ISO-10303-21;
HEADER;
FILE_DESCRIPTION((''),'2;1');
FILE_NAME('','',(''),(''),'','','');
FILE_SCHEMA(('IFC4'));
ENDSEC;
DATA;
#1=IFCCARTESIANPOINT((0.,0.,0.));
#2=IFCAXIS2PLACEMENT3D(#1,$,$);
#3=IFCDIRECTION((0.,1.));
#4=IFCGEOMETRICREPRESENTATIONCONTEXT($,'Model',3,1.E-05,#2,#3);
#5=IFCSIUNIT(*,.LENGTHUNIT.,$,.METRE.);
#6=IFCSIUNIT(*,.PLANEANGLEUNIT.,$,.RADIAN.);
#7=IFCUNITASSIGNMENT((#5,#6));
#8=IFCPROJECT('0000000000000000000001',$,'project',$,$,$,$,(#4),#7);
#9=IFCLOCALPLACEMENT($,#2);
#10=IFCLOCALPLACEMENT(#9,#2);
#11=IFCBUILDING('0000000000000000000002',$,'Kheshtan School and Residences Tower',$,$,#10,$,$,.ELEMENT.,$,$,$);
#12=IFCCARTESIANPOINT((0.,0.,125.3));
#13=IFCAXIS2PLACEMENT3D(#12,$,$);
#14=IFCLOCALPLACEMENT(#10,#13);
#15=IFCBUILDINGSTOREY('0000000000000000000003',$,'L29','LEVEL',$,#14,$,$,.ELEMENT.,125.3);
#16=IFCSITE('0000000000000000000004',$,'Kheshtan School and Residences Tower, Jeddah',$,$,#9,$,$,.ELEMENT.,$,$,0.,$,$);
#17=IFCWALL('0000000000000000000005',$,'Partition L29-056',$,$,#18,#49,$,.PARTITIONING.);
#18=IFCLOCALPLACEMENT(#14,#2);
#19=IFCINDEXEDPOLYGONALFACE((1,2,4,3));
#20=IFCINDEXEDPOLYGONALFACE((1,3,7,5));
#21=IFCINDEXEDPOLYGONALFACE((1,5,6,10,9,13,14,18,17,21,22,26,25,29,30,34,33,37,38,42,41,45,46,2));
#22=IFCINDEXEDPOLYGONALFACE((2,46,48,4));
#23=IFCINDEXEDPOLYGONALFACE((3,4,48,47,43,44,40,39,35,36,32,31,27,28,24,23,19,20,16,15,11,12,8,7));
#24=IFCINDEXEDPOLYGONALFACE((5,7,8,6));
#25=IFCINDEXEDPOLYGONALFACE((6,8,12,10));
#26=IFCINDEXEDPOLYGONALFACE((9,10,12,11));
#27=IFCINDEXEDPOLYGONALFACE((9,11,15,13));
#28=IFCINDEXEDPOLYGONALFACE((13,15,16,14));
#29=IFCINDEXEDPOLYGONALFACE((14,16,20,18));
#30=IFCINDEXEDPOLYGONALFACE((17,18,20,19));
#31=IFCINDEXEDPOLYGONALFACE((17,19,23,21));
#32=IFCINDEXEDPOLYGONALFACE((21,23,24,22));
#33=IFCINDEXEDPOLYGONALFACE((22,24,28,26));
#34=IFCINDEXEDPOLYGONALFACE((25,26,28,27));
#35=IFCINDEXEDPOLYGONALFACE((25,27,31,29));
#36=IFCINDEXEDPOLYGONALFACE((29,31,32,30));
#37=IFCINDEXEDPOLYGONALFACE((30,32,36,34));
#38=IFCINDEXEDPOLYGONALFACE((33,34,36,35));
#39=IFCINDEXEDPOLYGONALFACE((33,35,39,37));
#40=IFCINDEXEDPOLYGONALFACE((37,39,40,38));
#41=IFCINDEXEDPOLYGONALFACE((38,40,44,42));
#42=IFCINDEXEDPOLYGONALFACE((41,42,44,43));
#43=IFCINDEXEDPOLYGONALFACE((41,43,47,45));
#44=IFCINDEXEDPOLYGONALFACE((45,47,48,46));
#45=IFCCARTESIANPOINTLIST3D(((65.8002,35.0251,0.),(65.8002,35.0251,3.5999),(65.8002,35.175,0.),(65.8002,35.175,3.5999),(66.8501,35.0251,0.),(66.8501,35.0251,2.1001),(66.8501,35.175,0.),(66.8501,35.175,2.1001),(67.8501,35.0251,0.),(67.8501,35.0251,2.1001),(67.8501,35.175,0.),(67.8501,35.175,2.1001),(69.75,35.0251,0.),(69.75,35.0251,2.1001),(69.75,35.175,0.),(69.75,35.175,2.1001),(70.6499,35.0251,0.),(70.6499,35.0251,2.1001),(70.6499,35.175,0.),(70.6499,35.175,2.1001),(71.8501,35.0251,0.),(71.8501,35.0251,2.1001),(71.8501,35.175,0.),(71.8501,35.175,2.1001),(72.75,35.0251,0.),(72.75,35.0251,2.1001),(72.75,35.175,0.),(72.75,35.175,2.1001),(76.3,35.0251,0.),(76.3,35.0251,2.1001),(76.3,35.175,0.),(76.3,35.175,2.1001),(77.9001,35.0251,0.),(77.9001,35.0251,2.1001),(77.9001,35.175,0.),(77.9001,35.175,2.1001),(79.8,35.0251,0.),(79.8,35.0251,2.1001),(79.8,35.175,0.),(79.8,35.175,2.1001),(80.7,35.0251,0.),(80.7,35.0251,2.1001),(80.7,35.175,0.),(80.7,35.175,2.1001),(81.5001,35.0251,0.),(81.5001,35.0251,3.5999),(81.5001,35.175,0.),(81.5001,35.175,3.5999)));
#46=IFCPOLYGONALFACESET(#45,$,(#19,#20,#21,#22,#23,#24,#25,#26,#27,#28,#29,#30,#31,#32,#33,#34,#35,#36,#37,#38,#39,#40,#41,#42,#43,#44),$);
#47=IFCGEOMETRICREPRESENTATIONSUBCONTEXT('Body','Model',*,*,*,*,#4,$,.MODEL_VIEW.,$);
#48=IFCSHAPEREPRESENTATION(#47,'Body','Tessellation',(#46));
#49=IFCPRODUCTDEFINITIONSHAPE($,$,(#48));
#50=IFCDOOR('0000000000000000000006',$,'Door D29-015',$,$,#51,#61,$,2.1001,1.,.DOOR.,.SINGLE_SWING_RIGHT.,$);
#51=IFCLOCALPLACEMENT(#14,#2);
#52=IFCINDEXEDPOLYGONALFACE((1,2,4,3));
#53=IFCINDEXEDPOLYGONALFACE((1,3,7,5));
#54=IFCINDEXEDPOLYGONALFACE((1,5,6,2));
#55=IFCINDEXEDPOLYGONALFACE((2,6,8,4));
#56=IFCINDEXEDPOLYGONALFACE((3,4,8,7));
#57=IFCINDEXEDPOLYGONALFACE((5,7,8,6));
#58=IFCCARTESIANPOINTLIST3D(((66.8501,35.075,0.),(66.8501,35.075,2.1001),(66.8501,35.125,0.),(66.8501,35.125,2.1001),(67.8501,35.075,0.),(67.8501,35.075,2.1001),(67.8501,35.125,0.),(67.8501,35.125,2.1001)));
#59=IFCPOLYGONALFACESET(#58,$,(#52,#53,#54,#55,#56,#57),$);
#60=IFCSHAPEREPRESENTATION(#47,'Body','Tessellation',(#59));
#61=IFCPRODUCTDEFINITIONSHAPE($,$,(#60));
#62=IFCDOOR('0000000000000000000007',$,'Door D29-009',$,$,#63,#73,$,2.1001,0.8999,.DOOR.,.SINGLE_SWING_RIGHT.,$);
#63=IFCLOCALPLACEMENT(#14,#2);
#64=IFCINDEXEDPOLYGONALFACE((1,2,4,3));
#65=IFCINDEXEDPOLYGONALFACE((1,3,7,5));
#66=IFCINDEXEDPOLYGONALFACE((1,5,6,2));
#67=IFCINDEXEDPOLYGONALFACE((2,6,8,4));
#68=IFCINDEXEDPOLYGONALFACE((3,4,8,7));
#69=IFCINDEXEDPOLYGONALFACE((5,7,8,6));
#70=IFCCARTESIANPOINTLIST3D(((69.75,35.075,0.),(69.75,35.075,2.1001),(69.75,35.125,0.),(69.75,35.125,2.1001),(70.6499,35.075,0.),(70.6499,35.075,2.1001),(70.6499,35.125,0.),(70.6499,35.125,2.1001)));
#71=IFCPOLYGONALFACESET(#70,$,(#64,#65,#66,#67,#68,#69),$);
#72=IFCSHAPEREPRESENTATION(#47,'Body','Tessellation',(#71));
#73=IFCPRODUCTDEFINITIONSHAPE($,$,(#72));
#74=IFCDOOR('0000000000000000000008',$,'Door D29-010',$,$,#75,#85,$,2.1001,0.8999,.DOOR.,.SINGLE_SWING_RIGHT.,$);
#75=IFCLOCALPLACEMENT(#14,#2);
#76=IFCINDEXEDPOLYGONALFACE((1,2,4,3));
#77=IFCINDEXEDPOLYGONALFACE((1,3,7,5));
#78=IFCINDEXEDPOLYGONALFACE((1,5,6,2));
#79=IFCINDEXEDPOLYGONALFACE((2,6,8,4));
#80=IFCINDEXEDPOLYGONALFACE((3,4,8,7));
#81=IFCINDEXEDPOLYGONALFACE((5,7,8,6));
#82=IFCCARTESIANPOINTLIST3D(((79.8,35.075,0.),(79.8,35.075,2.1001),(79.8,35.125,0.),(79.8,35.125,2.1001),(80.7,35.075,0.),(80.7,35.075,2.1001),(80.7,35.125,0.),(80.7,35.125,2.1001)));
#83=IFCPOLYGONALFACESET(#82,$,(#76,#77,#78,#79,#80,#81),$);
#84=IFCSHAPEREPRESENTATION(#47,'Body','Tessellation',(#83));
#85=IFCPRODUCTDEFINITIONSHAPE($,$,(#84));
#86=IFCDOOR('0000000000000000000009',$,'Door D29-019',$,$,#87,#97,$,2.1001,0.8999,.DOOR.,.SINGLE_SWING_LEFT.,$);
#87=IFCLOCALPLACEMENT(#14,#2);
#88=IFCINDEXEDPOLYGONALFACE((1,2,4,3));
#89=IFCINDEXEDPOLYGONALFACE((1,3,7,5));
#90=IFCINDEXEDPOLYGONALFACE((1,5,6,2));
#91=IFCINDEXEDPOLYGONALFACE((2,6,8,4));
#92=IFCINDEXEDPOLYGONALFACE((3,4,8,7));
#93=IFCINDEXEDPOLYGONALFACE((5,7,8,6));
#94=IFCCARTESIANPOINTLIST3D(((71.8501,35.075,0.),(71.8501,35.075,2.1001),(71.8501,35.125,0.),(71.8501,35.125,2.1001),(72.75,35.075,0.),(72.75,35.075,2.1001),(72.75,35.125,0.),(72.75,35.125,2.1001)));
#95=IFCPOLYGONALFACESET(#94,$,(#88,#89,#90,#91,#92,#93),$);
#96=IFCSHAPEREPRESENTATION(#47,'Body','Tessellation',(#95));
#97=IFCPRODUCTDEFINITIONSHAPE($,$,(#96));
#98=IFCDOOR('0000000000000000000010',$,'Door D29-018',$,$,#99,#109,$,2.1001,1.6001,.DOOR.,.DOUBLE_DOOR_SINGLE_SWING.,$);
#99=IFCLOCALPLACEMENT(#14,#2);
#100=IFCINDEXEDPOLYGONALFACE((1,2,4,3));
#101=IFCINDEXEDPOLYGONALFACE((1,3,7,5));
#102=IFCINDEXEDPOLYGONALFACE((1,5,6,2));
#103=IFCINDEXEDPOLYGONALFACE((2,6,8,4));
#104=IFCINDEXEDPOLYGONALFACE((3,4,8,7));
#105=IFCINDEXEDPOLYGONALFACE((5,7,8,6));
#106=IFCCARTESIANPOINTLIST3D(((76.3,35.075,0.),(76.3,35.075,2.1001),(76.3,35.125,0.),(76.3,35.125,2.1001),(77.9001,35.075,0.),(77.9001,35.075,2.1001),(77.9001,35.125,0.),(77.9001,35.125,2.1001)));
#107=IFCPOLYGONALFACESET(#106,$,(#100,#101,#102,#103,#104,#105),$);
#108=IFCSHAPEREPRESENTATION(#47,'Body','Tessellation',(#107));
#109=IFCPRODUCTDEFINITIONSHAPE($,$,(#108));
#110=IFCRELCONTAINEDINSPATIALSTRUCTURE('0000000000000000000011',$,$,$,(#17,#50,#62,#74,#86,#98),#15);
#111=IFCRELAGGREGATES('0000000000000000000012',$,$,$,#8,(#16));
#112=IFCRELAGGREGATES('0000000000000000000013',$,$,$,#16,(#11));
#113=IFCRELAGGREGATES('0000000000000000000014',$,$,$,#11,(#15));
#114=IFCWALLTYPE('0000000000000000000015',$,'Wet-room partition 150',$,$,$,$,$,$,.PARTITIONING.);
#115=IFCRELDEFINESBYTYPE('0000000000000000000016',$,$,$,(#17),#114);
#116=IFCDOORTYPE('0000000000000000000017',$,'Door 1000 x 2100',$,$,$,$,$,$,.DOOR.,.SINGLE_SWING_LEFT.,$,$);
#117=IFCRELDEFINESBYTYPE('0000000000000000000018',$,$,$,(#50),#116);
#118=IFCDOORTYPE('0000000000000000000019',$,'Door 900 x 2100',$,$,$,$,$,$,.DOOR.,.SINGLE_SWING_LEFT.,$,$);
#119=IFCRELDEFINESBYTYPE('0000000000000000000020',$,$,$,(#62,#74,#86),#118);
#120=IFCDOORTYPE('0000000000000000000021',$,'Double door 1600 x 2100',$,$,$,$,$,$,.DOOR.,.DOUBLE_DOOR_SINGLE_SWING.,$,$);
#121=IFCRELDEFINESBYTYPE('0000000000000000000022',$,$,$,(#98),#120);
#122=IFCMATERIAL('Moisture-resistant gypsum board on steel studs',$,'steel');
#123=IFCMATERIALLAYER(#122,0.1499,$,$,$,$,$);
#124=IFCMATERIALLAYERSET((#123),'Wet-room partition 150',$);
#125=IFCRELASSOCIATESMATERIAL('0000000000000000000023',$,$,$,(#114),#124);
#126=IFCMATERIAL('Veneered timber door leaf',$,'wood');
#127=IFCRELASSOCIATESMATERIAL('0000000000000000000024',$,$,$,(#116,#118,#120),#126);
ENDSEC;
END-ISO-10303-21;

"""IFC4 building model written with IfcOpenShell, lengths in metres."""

from ifc_helpers import new_model, si_unit, direction, frame, frame_2d, origin, place, context, subcontext, project, spatial, rectangle, extrude, source, transform, mapped, material, layer, layer_set, type_object, element, fill, save


model = new_model("IFC4")

# Units and contexts
model_context = context("Model", 3, precision=1e-05, world=origin(), true_north=direction((0.0, 1.0)))
body_context = subcontext(model_context, "Body", "Model", "MODEL_VIEW")
ifc_project = project(units=[si_unit("LENGTHUNIT", "METRE"), si_unit("PLANEANGLEUNIT", "RADIAN")], contexts=[model_context])

# Site, building, storey
site_placement = place(None, origin())
site = spatial("IfcSite", under=ifc_project, at=site_placement, Name="Kheshtan School and Residences Tower, Jeddah", CompositionType="ELEMENT", RefElevation=0.0)
building_placement = place(site_placement, origin())
building = spatial("IfcBuilding", under=site, at=building_placement, Name="Kheshtan School and Residences Tower", CompositionType="ELEMENT")
storey_placement = place(building_placement, frame((0.0, 0.0, 125.3)))
storey = spatial("IfcBuildingStorey", under=building, at=storey_placement, Name="L29", Description="LEVEL", CompositionType="ELEMENT", Elevation=125.3)

# Wall, openings, doors
ifc_material_1 = material(Name="Moisture-resistant gypsum board on steel studs", Category="steel")
ifc_layer_1 = layer(ifc_material_1, 0.1499)
ifc_layer_set_1 = layer_set([ifc_layer_1], Name="Wet-room partition 150")
wall_type_1 = type_object("IfcWallType", Name="Wet-room partition 150", PredefinedType="PARTITIONING", material=ifc_layer_set_1)
ifc_material_2 = material(Name="Veneered timber door leaf", Category="wood")
door_type_1 = type_object("IfcDoorType", Name="Door 1000 x 2100", OperationType="SINGLE_SWING_LEFT", PredefinedType="DOOR", material=ifc_material_2)
shared_shape_1 = source(origin(), body_context, "Body", "SweptSolid", [
    extrude(rectangle(XDim=1.0, YDim=2.1001, at=frame_2d((0.5, 1.05))), frame((0.0, 0.0249, 0.0), z_axis=(0.0, -1.0, 0.0), x_axis=(1.0, 0.0, 0.0)), (0.0, 0.0, 1.0), 0.05),
])
door_type_2 = type_object("IfcDoorType", Name="Door 900 x 2100", OperationType="SINGLE_SWING_LEFT", PredefinedType="DOOR", material=ifc_material_2)
shared_shape_2 = source(origin(), body_context, "Body", "SweptSolid", [
    extrude(rectangle(XDim=0.8999, YDim=2.1001, at=frame_2d((0.45, 1.05))), frame((0.0, 0.0249, 0.0), z_axis=(0.0, -1.0, 0.0), x_axis=(1.0, 0.0, 0.0)), (0.0, 0.0, 1.0), 0.05),
])
wall_1_placement = place(storey_placement, frame((65.8, 35.1001, 0.0), z_axis=(0.0, 0.0, 1.0), x_axis=(1.0, 0.0, 0.0)))
wall_1 = element("IfcWall", 1, at=wall_1_placement, inside=storey, type_object=wall_type_1, Name="Partition L29-056", PredefinedType="PARTITIONING", context=body_context, shape_type="SweptSolid", body=[
    extrude(rectangle(XDim=15.7, YDim=0.1499, at=frame_2d((7.8501, 0.0))), origin(), (0.0, 0.0, 1.0), 3.5999),
])
opening_1_placement = place(wall_1_placement, frame((3.95, 0.0, 0.0)))
opening_1 = element("IfcOpeningElement", 2, at=opening_1_placement, cuts=wall_1, PredefinedType="OPENING", context=body_context, shape_type="SweptSolid", body=[
    extrude(rectangle(XDim=0.8999, YDim=2.1001, at=frame_2d((0.45, 1.05))), frame((0.0, 0.085, 0.0), z_axis=(0.0, -1.0, 0.0), x_axis=(1.0, 0.0, 0.0)), (0.0, 0.0, 1.0), 0.1699),
])
opening_2_placement = place(wall_1_placement, frame((14.0, 0.0, 0.0)))
opening_2 = element("IfcOpeningElement", 3, at=opening_2_placement, cuts=wall_1, PredefinedType="OPENING", context=body_context, shape_type="SweptSolid", body=[
    extrude(rectangle(XDim=0.8999, YDim=2.1001, at=frame_2d((0.45, 1.05))), frame((0.0, 0.085, 0.0), z_axis=(0.0, -1.0, 0.0), x_axis=(1.0, 0.0, 0.0)), (0.0, 0.0, 1.0), 0.1699),
])
opening_3_placement = place(wall_1_placement, frame((1.05, 0.0, 0.0)))
opening_3 = element("IfcOpeningElement", 4, at=opening_3_placement, cuts=wall_1, PredefinedType="OPENING", context=body_context, shape_type="SweptSolid", body=[
    extrude(rectangle(XDim=1.0, YDim=2.1001, at=frame_2d((0.5, 1.05))), frame((0.0, 0.085, 0.0), z_axis=(0.0, -1.0, 0.0), x_axis=(1.0, 0.0, 0.0)), (0.0, 0.0, 1.0), 0.1699),
])
opening_4_placement = place(wall_1_placement, frame((10.5, 0.0, 0.0)))
opening_4 = element("IfcOpeningElement", 5, at=opening_4_placement, cuts=wall_1, PredefinedType="OPENING", context=body_context, shape_type="SweptSolid", body=[
    extrude(rectangle(XDim=1.6001, YDim=2.1001, at=frame_2d((0.8, 1.05))), frame((0.0, 0.085, 0.0), z_axis=(0.0, -1.0, 0.0), x_axis=(1.0, 0.0, 0.0)), (0.0, 0.0, 1.0), 0.1699),
])
opening_5_placement = place(wall_1_placement, frame((6.05, 0.0, 0.0)))
opening_5 = element("IfcOpeningElement", 6, at=opening_5_placement, cuts=wall_1, PredefinedType="OPENING", context=body_context, shape_type="SweptSolid", body=[
    extrude(rectangle(XDim=0.8999, YDim=2.1001, at=frame_2d((0.45, 1.05))), frame((0.0, 0.085, 0.0), z_axis=(0.0, -1.0, 0.0), x_axis=(1.0, 0.0, 0.0)), (0.0, 0.0, 1.0), 0.1699),
])
door_1_placement = place(opening_3_placement, origin())
door_1 = element("IfcDoor", 7, at=door_1_placement, inside=storey, type_object=door_type_1, Name="Door D29-015", OperationType="SINGLE_SWING_RIGHT", OverallHeight=2.1001, OverallWidth=1.0, PredefinedType="DOOR", context=body_context, shape_type="MappedRepresentation", body=[
    mapped(shared_shape_1, transform((0.0, 0.0, 0.0), x_axis=(1.0, 0.0, 0.0), y_axis=(0.0, 1.0, 0.0), z_axis=(0.0, 0.0, 1.0), scale=1.0)),
])
fill(opening_3, door_1)
door_2_placement = place(opening_1_placement, origin())
door_2 = element("IfcDoor", 8, at=door_2_placement, inside=storey, type_object=door_type_2, Name="Door D29-009", OperationType="SINGLE_SWING_RIGHT", OverallHeight=2.1001, OverallWidth=0.8999, PredefinedType="DOOR", context=body_context, shape_type="MappedRepresentation", body=[
    mapped(shared_shape_2, transform((0.0, 0.0, 0.0), x_axis=(1.0, 0.0, 0.0), y_axis=(0.0, 1.0, 0.0), z_axis=(0.0, 0.0, 1.0), scale=1.0)),
])
fill(opening_1, door_2)
door_3_placement = place(opening_2_placement, origin())
door_3 = element("IfcDoor", 9, at=door_3_placement, inside=storey, type_object=door_type_2, Name="Door D29-010", OperationType="SINGLE_SWING_RIGHT", OverallHeight=2.1001, OverallWidth=0.8999, PredefinedType="DOOR", context=body_context, shape_type="MappedRepresentation", body=[
    mapped(shared_shape_2, transform((0.0, 0.0, 0.0), x_axis=(1.0, 0.0, 0.0), y_axis=(0.0, 1.0, 0.0), z_axis=(0.0, 0.0, 1.0), scale=1.0)),
])
fill(opening_2, door_3)
door_4_placement = place(opening_5_placement, origin())
door_4 = element("IfcDoor", 10, at=door_4_placement, inside=storey, type_object=door_type_2, Name="Door D29-019", OperationType="SINGLE_SWING_LEFT", OverallHeight=2.1001, OverallWidth=0.8999, PredefinedType="DOOR", context=body_context, shape_type="MappedRepresentation", body=[
    mapped(shared_shape_2, transform((0.0, 0.0, 0.0), x_axis=(1.0, 0.0, 0.0), y_axis=(0.0, 1.0, 0.0), z_axis=(0.0, 0.0, 1.0), scale=1.0)),
])
fill(opening_5, door_4)
door_type_3 = type_object("IfcDoorType", Name="Double door 1600 x 2100", OperationType="DOUBLE_DOOR_SINGLE_SWING", PredefinedType="DOOR", material=ifc_material_2)
shared_shape_3 = source(origin(), body_context, "Body", "SweptSolid", [
    extrude(rectangle(XDim=1.6001, YDim=2.1001, at=frame_2d((0.8, 1.05))), frame((0.0, 0.0249, 0.0), z_axis=(0.0, -1.0, 0.0), x_axis=(1.0, 0.0, 0.0)), (0.0, 0.0, 1.0), 0.05),
])
door_5_placement = place(opening_4_placement, origin())
door_5 = element("IfcDoor", 11, at=door_5_placement, inside=storey, type_object=door_type_3, Name="Door D29-018", OperationType="DOUBLE_DOOR_SINGLE_SWING", OverallHeight=2.1001, OverallWidth=1.6001, PredefinedType="DOOR", context=body_context, shape_type="MappedRepresentation", body=[
    mapped(shared_shape_3, transform((0.0, 0.0, 0.0), x_axis=(1.0, 0.0, 0.0), y_axis=(0.0, 1.0, 0.0), z_axis=(0.0, 0.0, 1.0), scale=1.0)),
])
fill(opening_4, door_5)

save(model, "model.ifc")
